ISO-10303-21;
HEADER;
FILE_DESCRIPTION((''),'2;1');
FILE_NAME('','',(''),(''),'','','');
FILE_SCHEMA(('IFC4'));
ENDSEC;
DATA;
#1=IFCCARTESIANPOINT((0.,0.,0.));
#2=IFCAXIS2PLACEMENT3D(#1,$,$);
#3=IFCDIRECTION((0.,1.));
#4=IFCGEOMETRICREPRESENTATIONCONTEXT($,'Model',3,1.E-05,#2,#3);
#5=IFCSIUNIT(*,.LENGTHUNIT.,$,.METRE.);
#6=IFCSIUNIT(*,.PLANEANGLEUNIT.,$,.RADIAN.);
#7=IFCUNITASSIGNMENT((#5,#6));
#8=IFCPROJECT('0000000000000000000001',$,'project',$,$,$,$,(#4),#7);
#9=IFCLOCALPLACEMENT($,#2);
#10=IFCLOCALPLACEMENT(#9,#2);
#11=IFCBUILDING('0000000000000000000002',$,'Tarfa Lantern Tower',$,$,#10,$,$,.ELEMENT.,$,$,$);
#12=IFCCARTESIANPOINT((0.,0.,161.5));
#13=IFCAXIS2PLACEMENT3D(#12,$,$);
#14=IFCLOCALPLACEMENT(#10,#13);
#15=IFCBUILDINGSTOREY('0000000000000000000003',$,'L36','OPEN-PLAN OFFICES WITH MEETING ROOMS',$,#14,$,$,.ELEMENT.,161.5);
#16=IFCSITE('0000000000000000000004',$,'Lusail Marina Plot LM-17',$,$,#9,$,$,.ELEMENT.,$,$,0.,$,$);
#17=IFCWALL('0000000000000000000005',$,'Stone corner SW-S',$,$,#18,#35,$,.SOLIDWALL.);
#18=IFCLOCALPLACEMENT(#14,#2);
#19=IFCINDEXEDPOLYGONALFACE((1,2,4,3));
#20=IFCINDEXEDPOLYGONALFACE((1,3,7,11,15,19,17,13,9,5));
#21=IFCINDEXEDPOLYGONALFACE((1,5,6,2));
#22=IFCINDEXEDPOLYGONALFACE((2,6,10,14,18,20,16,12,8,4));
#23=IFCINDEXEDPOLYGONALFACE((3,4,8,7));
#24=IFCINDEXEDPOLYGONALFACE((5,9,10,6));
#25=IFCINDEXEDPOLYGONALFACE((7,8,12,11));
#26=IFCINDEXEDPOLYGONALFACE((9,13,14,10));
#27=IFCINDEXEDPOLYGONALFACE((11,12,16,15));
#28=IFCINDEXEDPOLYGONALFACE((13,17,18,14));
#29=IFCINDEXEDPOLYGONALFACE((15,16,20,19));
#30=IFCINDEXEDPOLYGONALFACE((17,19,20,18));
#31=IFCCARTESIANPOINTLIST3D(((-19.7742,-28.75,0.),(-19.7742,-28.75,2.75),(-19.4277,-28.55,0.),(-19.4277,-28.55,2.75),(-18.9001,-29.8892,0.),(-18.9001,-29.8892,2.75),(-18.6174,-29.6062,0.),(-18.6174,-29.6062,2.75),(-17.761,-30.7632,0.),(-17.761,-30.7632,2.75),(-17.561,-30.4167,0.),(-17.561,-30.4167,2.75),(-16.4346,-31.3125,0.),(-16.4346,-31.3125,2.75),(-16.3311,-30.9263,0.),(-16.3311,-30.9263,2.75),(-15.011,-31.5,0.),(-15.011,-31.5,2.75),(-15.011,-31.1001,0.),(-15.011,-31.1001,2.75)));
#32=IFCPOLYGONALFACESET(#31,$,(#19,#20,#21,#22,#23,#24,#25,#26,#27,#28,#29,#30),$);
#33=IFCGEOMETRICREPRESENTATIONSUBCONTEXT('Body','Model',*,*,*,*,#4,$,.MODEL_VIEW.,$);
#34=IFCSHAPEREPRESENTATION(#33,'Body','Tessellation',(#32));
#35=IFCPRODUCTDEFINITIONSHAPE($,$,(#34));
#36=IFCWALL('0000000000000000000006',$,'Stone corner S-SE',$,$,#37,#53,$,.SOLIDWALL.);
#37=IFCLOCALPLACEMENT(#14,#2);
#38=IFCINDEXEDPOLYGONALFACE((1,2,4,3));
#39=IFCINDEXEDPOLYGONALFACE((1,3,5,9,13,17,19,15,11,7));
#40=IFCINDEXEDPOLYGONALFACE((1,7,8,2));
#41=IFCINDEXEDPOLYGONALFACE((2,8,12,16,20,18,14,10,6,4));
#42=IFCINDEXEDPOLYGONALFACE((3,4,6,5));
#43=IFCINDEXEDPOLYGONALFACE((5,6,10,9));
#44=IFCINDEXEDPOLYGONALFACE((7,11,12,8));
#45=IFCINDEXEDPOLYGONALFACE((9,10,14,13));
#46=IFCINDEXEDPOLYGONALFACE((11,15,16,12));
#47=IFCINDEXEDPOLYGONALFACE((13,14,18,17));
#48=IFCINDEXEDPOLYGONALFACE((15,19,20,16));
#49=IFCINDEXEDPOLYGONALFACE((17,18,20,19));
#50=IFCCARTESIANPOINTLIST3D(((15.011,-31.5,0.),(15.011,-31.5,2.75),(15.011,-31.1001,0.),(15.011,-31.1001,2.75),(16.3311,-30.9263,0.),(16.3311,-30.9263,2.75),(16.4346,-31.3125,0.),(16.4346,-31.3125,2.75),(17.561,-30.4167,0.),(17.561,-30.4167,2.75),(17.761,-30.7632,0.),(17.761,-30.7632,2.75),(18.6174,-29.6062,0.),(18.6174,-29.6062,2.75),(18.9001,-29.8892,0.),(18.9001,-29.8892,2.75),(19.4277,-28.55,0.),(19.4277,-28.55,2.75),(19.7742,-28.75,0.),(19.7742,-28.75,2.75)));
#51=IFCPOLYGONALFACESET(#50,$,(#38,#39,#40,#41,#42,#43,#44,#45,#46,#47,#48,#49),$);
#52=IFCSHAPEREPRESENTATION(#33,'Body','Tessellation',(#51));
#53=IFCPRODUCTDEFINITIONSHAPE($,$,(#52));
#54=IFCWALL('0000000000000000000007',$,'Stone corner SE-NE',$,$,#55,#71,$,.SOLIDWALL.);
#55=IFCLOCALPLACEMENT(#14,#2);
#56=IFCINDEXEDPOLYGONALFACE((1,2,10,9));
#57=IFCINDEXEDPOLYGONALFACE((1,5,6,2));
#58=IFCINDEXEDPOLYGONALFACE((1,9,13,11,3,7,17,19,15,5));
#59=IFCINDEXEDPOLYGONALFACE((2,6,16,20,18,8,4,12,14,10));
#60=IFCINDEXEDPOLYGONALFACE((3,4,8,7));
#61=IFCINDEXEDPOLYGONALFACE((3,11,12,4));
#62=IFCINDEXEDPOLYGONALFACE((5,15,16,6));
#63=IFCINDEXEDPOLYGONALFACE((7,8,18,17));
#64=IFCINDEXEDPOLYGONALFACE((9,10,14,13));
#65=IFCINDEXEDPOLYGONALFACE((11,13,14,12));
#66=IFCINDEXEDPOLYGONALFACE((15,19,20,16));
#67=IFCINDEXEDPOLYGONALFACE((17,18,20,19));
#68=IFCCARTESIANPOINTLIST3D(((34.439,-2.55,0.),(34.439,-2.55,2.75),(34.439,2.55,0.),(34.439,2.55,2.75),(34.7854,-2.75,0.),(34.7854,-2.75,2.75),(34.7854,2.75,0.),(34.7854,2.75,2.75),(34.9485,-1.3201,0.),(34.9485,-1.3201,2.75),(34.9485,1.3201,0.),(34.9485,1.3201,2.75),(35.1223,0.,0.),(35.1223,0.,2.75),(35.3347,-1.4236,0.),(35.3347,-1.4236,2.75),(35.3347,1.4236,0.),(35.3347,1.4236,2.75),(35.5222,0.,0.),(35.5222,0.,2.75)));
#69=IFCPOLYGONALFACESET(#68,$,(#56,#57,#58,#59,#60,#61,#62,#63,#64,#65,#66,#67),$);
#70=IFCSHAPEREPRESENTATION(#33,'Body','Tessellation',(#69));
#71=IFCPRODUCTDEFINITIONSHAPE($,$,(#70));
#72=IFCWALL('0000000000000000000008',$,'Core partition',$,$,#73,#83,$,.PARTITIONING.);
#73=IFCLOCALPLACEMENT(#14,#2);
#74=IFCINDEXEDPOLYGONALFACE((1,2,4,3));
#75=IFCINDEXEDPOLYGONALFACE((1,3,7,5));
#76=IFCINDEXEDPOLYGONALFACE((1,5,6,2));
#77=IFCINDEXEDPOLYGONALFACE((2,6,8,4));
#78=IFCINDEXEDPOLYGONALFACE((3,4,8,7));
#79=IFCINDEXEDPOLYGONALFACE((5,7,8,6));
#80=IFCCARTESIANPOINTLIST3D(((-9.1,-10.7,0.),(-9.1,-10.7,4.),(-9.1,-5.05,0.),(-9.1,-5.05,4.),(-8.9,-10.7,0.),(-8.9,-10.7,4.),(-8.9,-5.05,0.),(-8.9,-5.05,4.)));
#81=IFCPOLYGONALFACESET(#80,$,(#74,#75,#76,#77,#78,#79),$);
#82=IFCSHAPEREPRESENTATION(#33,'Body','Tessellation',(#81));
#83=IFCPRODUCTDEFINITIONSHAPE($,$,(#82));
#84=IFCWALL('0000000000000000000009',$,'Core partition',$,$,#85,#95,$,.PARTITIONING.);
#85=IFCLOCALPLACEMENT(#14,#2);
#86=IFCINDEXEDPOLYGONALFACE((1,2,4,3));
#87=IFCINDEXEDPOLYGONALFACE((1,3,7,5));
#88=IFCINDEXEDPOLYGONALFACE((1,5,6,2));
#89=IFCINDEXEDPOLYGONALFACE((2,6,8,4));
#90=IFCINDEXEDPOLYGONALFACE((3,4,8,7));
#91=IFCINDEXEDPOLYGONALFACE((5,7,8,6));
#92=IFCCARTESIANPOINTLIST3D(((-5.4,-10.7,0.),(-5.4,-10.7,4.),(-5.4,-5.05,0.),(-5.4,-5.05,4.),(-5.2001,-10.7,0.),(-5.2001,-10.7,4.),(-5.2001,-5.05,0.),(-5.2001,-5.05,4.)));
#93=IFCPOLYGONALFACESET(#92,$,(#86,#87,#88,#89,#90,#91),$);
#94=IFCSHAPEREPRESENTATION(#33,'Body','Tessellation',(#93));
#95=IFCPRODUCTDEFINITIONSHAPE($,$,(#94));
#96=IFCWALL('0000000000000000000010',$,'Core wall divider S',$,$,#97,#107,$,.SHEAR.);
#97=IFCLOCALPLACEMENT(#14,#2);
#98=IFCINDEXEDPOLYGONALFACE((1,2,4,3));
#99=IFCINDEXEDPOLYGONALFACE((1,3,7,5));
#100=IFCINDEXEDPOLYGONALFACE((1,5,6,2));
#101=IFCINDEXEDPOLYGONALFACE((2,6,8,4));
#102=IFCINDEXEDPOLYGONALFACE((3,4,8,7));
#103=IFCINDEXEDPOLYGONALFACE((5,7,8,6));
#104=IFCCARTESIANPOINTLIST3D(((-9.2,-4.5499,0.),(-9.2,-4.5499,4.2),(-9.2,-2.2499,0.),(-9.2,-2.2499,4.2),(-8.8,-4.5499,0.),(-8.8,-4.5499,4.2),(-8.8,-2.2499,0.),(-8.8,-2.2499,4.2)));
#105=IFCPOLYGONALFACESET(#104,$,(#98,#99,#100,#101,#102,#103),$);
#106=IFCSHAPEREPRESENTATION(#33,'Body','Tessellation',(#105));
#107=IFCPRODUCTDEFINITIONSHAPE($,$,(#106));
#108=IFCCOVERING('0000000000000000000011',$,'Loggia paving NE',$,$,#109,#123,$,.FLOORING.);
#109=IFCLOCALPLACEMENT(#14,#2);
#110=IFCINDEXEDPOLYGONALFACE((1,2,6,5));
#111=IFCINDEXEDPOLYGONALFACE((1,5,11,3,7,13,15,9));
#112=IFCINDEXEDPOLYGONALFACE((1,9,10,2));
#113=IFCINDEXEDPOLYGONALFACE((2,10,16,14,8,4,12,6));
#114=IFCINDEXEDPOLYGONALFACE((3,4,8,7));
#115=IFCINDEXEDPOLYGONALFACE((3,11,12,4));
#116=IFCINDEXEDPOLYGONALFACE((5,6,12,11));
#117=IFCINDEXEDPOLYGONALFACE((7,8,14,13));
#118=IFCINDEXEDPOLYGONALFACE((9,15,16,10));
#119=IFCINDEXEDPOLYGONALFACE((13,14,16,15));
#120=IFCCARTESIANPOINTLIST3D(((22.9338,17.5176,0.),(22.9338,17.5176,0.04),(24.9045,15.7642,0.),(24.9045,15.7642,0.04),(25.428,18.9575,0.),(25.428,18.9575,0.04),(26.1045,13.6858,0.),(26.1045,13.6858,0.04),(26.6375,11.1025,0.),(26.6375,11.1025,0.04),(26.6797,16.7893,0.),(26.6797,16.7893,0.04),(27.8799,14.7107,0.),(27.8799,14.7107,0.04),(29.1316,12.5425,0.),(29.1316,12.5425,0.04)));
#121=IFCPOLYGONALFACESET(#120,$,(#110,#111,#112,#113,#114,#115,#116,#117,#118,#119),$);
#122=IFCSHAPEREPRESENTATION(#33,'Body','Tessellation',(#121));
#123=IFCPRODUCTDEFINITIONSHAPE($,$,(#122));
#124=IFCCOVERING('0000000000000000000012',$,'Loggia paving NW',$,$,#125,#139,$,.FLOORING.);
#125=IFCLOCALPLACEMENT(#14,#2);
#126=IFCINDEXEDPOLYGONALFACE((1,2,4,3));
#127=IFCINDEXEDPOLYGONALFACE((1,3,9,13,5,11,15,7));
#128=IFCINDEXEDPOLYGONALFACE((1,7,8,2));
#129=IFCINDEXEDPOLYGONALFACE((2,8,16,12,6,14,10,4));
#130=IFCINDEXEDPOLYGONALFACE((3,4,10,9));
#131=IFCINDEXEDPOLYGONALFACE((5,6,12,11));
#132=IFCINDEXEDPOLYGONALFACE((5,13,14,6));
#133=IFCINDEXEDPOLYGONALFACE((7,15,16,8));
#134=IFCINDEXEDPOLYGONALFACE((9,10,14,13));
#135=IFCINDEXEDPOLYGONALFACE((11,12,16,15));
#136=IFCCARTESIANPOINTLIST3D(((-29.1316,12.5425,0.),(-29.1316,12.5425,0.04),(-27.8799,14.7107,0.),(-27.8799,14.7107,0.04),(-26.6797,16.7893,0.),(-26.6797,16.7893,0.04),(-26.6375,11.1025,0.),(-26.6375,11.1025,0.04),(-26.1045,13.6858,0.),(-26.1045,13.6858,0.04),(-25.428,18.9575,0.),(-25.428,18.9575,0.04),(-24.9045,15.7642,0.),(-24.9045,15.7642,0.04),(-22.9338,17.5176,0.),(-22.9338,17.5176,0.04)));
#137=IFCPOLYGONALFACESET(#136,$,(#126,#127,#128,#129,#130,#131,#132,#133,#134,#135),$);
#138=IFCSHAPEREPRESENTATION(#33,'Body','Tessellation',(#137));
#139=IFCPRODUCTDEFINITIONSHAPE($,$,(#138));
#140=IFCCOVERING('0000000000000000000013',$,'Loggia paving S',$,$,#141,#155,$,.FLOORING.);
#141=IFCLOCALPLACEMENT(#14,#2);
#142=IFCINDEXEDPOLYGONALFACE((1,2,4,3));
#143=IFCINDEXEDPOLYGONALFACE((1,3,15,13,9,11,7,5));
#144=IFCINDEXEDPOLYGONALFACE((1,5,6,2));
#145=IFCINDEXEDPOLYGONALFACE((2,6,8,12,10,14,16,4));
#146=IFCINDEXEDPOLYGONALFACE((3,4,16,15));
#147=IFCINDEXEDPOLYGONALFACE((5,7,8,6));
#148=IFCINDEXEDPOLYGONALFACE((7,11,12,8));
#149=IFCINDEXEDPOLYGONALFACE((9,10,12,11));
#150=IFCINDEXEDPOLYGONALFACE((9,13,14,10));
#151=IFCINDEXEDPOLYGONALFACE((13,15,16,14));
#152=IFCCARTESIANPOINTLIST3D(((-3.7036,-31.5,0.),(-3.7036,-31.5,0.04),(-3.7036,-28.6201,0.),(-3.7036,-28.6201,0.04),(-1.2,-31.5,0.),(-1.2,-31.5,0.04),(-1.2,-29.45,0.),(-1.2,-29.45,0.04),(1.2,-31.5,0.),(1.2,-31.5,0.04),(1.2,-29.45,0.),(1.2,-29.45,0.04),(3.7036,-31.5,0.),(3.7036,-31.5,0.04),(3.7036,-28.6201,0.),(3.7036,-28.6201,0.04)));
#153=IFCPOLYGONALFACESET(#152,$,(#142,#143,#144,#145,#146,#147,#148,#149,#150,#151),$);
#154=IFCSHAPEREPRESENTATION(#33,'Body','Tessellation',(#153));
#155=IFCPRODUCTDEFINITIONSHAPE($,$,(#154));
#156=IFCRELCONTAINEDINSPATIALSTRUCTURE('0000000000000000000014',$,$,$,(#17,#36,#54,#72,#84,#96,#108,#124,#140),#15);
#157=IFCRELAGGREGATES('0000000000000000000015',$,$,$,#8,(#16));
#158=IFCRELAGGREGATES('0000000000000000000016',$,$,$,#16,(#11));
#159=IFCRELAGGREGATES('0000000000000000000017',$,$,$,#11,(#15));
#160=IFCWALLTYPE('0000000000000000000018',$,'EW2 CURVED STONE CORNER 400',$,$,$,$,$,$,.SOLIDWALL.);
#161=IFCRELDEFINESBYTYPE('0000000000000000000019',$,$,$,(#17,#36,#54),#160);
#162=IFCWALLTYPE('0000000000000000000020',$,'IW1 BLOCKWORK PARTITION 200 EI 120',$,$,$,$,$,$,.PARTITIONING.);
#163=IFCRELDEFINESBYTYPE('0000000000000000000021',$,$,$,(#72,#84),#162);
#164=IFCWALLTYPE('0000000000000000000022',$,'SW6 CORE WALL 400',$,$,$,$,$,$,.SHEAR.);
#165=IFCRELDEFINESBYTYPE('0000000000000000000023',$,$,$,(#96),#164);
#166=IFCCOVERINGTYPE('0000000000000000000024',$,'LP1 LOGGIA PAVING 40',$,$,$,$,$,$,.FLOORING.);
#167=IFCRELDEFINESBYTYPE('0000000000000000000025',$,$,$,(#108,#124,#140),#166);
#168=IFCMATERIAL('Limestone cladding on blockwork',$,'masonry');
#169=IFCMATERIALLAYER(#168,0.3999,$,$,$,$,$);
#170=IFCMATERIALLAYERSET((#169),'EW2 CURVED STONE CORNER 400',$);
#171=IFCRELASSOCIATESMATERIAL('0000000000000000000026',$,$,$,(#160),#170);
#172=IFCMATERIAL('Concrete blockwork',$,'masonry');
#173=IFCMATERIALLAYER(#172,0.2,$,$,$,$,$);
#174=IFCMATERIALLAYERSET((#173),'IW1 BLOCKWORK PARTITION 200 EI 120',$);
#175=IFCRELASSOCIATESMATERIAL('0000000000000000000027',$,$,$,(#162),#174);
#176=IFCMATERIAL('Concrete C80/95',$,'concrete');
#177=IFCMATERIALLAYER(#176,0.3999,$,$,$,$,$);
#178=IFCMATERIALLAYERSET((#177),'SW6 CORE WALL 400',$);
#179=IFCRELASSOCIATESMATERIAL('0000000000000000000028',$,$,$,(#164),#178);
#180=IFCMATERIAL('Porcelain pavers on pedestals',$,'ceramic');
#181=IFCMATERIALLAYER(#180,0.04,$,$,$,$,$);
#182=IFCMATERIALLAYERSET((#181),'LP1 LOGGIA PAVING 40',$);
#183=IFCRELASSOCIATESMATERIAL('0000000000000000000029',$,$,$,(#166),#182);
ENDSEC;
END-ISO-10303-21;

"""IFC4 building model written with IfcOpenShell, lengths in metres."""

from ifc_helpers import new_model, si_unit, direction, frame, frame_2d, origin, place, context, subcontext, project, spatial, polyline, rectangle, outline, extrude, material, layer, layer_set, type_object, element, save


model = new_model("IFC4")

# Units and contexts
model_context = context("Model", 3, precision=1e-05, world=origin(), true_north=direction((0.0, 1.0)))
body_context = subcontext(model_context, "Body", "Model", "MODEL_VIEW")
ifc_project = project(units=[si_unit("LENGTHUNIT", "METRE"), si_unit("PLANEANGLEUNIT", "RADIAN")], contexts=[model_context])

# Site, building, storey
site_placement = place(None, origin())
site = spatial("IfcSite", under=ifc_project, at=site_placement, Name="Lusail Marina Plot LM-17", CompositionType="ELEMENT", RefElevation=0.0)
building_placement = place(site_placement, origin())
building = spatial("IfcBuilding", under=site, at=building_placement, Name="Tarfa Lantern Tower", CompositionType="ELEMENT")
storey_placement = place(building_placement, frame((0.0, 0.0, 161.5)))
storey = spatial("IfcBuildingStorey", under=building, at=storey_placement, Name="L36", Description="OPEN-PLAN OFFICES WITH MEETING ROOMS", CompositionType="ELEMENT", Elevation=161.5)

# Walls
ifc_material_1 = material(Name="Limestone cladding on blockwork", Category="masonry")
ifc_layer_1 = layer(ifc_material_1, 0.3999)
ifc_layer_set_1 = layer_set([ifc_layer_1], Name="EW2 CURVED STONE CORNER 400")
wall_type_1 = type_object("IfcWallType", Name="EW2 CURVED STONE CORNER 400", PredefinedType="SOLIDWALL", material=ifc_layer_set_1)
wall_1_placement = place(storey_placement, origin())
element("IfcWall", 1, at=wall_1_placement, inside=storey, type_object=wall_type_1, Name="Stone corner SW-S", PredefinedType="SOLIDWALL", context=body_context, shape_type="SweptSolid", body=[
    extrude(outline(polyline([(-19.7742, -28.75), (-18.9001, -29.8892), (-17.761, -30.7632), (-16.4346, -31.3125), (-15.011, -31.5), (-15.011, -31.1001), (-16.3311, -30.9263), (-17.561, -30.4167), (-18.6174, -29.6062), (-19.4277, -28.55), (-19.7742, -28.75)])), origin(), (0.0, 0.0, 1.0), 2.75),
])
wall_2_placement = place(storey_placement, origin())
element("IfcWall", 2, at=wall_2_placement, inside=storey, type_object=wall_type_1, Name="Stone corner S-SE", PredefinedType="SOLIDWALL", context=body_context, shape_type="SweptSolid", body=[
    extrude(outline(polyline([(15.011, -31.5), (16.4346, -31.3125), (17.761, -30.7632), (18.9001, -29.8892), (19.7742, -28.75), (19.4277, -28.55), (18.6174, -29.6062), (17.561, -30.4167), (16.3311, -30.9263), (15.011, -31.1001), (15.011, -31.5)])), origin(), (0.0, 0.0, 1.0), 2.75),
])
wall_3_placement = place(storey_placement, origin())
element("IfcWall", 3, at=wall_3_placement, inside=storey, type_object=wall_type_1, Name="Stone corner SE-NE", PredefinedType="SOLIDWALL", context=body_context, shape_type="SweptSolid", body=[
    extrude(outline(polyline([(34.7854, -2.75), (35.3347, -1.4236), (35.5222, 0.0), (35.3347, 1.4236), (34.7854, 2.75), (34.439, 2.55), (34.9485, 1.3201), (35.1223, 0.0), (34.9485, -1.3201), (34.439, -2.55), (34.7854, -2.75)])), origin(), (0.0, 0.0, 1.0), 2.75),
])
ifc_material_2 = material(Name="Concrete blockwork", Category="masonry")
ifc_layer_2 = layer(ifc_material_2, 0.2)
ifc_layer_set_2 = layer_set([ifc_layer_2], Name="IW1 BLOCKWORK PARTITION 200 EI 120")
wall_type_2 = type_object("IfcWallType", Name="IW1 BLOCKWORK PARTITION 200 EI 120", PredefinedType="PARTITIONING", material=ifc_layer_set_2)
for number, where, z_axis, x_axis, name in (
    (4, (-9.0, -5.05, 0.0), (0.0, 0.0, 1.0), (0.0, -1.0, 0.0), "Core partition"),
    (5, (-5.3, -5.05, 0.0), (0.0, 0.0, 1.0), (0.0, -1.0, 0.0), "Core partition"),
):
    element("IfcWall", number, at=place(storey_placement, frame(where, z_axis=z_axis, x_axis=x_axis)), inside=storey, type_object=wall_type_2, Name=name, PredefinedType="PARTITIONING", context=body_context, shape_type="SweptSolid", body=[
        extrude(rectangle(XDim=5.6499, YDim=0.2, at=frame_2d((2.825, 0.0))), origin(), (0.0, 0.0, 1.0), 4.0),
    ])
ifc_material_3 = material(Name="Concrete C80/95", Category="concrete")
ifc_layer_3 = layer(ifc_material_3, 0.3999)
ifc_layer_set_3 = layer_set([ifc_layer_3], Name="SW6 CORE WALL 400")
wall_type_3 = type_object("IfcWallType", Name="SW6 CORE WALL 400", PredefinedType="SHEAR", material=ifc_layer_set_3)
wall_4_placement = place(storey_placement, frame((-9.0, -2.25, 0.0), z_axis=(0.0, 0.0, 1.0), x_axis=(0.0, -1.0, 0.0)))
element("IfcWall", 6, at=wall_4_placement, inside=storey, type_object=wall_type_3, Name="Core wall divider S", PredefinedType="SHEAR", context=body_context, shape_type="SweptSolid", body=[
    extrude(rectangle(XDim=2.3, YDim=0.3999, at=frame_2d((1.1499, 0.0))), origin(), (0.0, 0.0, 1.0), 4.2),
])

# Coverings
ifc_material_4 = material(Name="Porcelain pavers on pedestals", Category="ceramic")
ifc_layer_4 = layer(ifc_material_4, 0.04)
ifc_layer_set_4 = layer_set([ifc_layer_4], Name="LP1 LOGGIA PAVING 40")
covering_type = type_object("IfcCoveringType", Name="LP1 LOGGIA PAVING 40", PredefinedType="FLOORING", material=ifc_layer_set_4)
covering_1_placement = place(storey_placement, origin())
element("IfcCovering", 7, at=covering_1_placement, inside=storey, type_object=covering_type, Name="Loggia paving NE", PredefinedType="FLOORING", context=body_context, shape_type="SweptSolid", body=[
    extrude(outline(polyline([(29.1316, 12.5425), (26.6375, 11.1025), (22.9338, 17.5176), (25.428, 18.9575), (26.6797, 16.7893), (24.9045, 15.7642), (26.1045, 13.6858), (27.8799, 14.7107), (29.1316, 12.5425)])), origin(), (0.0, 0.0, 1.0), 0.04),
])
covering_2_placement = place(storey_placement, origin())
element("IfcCovering", 8, at=covering_2_placement, inside=storey, type_object=covering_type, Name="Loggia paving NW", PredefinedType="FLOORING", context=body_context, shape_type="SweptSolid", body=[
    extrude(outline(polyline([(-25.428, 18.9575), (-22.9338, 17.5176), (-26.6375, 11.1025), (-29.1316, 12.5425), (-27.8799, 14.7107), (-26.1045, 13.6858), (-24.9045, 15.7642), (-26.6797, 16.7893), (-25.428, 18.9575)])), origin(), (0.0, 0.0, 1.0), 0.04),
])
covering_3_placement = place(storey_placement, origin())
element("IfcCovering", 9, at=covering_3_placement, inside=storey, type_object=covering_type, Name="Loggia paving S", PredefinedType="FLOORING", context=body_context, shape_type="SweptSolid", body=[
    extrude(outline(polyline([(-3.7036, -31.5), (-3.7036, -28.6201), (3.7036, -28.6201), (3.7036, -31.5), (1.2, -31.5), (1.2, -29.45), (-1.2, -29.45), (-1.2, -31.5), (-3.7036, -31.5)])), origin(), (0.0, 0.0, 1.0), 0.04),
])

save(model, "model.ifc")
